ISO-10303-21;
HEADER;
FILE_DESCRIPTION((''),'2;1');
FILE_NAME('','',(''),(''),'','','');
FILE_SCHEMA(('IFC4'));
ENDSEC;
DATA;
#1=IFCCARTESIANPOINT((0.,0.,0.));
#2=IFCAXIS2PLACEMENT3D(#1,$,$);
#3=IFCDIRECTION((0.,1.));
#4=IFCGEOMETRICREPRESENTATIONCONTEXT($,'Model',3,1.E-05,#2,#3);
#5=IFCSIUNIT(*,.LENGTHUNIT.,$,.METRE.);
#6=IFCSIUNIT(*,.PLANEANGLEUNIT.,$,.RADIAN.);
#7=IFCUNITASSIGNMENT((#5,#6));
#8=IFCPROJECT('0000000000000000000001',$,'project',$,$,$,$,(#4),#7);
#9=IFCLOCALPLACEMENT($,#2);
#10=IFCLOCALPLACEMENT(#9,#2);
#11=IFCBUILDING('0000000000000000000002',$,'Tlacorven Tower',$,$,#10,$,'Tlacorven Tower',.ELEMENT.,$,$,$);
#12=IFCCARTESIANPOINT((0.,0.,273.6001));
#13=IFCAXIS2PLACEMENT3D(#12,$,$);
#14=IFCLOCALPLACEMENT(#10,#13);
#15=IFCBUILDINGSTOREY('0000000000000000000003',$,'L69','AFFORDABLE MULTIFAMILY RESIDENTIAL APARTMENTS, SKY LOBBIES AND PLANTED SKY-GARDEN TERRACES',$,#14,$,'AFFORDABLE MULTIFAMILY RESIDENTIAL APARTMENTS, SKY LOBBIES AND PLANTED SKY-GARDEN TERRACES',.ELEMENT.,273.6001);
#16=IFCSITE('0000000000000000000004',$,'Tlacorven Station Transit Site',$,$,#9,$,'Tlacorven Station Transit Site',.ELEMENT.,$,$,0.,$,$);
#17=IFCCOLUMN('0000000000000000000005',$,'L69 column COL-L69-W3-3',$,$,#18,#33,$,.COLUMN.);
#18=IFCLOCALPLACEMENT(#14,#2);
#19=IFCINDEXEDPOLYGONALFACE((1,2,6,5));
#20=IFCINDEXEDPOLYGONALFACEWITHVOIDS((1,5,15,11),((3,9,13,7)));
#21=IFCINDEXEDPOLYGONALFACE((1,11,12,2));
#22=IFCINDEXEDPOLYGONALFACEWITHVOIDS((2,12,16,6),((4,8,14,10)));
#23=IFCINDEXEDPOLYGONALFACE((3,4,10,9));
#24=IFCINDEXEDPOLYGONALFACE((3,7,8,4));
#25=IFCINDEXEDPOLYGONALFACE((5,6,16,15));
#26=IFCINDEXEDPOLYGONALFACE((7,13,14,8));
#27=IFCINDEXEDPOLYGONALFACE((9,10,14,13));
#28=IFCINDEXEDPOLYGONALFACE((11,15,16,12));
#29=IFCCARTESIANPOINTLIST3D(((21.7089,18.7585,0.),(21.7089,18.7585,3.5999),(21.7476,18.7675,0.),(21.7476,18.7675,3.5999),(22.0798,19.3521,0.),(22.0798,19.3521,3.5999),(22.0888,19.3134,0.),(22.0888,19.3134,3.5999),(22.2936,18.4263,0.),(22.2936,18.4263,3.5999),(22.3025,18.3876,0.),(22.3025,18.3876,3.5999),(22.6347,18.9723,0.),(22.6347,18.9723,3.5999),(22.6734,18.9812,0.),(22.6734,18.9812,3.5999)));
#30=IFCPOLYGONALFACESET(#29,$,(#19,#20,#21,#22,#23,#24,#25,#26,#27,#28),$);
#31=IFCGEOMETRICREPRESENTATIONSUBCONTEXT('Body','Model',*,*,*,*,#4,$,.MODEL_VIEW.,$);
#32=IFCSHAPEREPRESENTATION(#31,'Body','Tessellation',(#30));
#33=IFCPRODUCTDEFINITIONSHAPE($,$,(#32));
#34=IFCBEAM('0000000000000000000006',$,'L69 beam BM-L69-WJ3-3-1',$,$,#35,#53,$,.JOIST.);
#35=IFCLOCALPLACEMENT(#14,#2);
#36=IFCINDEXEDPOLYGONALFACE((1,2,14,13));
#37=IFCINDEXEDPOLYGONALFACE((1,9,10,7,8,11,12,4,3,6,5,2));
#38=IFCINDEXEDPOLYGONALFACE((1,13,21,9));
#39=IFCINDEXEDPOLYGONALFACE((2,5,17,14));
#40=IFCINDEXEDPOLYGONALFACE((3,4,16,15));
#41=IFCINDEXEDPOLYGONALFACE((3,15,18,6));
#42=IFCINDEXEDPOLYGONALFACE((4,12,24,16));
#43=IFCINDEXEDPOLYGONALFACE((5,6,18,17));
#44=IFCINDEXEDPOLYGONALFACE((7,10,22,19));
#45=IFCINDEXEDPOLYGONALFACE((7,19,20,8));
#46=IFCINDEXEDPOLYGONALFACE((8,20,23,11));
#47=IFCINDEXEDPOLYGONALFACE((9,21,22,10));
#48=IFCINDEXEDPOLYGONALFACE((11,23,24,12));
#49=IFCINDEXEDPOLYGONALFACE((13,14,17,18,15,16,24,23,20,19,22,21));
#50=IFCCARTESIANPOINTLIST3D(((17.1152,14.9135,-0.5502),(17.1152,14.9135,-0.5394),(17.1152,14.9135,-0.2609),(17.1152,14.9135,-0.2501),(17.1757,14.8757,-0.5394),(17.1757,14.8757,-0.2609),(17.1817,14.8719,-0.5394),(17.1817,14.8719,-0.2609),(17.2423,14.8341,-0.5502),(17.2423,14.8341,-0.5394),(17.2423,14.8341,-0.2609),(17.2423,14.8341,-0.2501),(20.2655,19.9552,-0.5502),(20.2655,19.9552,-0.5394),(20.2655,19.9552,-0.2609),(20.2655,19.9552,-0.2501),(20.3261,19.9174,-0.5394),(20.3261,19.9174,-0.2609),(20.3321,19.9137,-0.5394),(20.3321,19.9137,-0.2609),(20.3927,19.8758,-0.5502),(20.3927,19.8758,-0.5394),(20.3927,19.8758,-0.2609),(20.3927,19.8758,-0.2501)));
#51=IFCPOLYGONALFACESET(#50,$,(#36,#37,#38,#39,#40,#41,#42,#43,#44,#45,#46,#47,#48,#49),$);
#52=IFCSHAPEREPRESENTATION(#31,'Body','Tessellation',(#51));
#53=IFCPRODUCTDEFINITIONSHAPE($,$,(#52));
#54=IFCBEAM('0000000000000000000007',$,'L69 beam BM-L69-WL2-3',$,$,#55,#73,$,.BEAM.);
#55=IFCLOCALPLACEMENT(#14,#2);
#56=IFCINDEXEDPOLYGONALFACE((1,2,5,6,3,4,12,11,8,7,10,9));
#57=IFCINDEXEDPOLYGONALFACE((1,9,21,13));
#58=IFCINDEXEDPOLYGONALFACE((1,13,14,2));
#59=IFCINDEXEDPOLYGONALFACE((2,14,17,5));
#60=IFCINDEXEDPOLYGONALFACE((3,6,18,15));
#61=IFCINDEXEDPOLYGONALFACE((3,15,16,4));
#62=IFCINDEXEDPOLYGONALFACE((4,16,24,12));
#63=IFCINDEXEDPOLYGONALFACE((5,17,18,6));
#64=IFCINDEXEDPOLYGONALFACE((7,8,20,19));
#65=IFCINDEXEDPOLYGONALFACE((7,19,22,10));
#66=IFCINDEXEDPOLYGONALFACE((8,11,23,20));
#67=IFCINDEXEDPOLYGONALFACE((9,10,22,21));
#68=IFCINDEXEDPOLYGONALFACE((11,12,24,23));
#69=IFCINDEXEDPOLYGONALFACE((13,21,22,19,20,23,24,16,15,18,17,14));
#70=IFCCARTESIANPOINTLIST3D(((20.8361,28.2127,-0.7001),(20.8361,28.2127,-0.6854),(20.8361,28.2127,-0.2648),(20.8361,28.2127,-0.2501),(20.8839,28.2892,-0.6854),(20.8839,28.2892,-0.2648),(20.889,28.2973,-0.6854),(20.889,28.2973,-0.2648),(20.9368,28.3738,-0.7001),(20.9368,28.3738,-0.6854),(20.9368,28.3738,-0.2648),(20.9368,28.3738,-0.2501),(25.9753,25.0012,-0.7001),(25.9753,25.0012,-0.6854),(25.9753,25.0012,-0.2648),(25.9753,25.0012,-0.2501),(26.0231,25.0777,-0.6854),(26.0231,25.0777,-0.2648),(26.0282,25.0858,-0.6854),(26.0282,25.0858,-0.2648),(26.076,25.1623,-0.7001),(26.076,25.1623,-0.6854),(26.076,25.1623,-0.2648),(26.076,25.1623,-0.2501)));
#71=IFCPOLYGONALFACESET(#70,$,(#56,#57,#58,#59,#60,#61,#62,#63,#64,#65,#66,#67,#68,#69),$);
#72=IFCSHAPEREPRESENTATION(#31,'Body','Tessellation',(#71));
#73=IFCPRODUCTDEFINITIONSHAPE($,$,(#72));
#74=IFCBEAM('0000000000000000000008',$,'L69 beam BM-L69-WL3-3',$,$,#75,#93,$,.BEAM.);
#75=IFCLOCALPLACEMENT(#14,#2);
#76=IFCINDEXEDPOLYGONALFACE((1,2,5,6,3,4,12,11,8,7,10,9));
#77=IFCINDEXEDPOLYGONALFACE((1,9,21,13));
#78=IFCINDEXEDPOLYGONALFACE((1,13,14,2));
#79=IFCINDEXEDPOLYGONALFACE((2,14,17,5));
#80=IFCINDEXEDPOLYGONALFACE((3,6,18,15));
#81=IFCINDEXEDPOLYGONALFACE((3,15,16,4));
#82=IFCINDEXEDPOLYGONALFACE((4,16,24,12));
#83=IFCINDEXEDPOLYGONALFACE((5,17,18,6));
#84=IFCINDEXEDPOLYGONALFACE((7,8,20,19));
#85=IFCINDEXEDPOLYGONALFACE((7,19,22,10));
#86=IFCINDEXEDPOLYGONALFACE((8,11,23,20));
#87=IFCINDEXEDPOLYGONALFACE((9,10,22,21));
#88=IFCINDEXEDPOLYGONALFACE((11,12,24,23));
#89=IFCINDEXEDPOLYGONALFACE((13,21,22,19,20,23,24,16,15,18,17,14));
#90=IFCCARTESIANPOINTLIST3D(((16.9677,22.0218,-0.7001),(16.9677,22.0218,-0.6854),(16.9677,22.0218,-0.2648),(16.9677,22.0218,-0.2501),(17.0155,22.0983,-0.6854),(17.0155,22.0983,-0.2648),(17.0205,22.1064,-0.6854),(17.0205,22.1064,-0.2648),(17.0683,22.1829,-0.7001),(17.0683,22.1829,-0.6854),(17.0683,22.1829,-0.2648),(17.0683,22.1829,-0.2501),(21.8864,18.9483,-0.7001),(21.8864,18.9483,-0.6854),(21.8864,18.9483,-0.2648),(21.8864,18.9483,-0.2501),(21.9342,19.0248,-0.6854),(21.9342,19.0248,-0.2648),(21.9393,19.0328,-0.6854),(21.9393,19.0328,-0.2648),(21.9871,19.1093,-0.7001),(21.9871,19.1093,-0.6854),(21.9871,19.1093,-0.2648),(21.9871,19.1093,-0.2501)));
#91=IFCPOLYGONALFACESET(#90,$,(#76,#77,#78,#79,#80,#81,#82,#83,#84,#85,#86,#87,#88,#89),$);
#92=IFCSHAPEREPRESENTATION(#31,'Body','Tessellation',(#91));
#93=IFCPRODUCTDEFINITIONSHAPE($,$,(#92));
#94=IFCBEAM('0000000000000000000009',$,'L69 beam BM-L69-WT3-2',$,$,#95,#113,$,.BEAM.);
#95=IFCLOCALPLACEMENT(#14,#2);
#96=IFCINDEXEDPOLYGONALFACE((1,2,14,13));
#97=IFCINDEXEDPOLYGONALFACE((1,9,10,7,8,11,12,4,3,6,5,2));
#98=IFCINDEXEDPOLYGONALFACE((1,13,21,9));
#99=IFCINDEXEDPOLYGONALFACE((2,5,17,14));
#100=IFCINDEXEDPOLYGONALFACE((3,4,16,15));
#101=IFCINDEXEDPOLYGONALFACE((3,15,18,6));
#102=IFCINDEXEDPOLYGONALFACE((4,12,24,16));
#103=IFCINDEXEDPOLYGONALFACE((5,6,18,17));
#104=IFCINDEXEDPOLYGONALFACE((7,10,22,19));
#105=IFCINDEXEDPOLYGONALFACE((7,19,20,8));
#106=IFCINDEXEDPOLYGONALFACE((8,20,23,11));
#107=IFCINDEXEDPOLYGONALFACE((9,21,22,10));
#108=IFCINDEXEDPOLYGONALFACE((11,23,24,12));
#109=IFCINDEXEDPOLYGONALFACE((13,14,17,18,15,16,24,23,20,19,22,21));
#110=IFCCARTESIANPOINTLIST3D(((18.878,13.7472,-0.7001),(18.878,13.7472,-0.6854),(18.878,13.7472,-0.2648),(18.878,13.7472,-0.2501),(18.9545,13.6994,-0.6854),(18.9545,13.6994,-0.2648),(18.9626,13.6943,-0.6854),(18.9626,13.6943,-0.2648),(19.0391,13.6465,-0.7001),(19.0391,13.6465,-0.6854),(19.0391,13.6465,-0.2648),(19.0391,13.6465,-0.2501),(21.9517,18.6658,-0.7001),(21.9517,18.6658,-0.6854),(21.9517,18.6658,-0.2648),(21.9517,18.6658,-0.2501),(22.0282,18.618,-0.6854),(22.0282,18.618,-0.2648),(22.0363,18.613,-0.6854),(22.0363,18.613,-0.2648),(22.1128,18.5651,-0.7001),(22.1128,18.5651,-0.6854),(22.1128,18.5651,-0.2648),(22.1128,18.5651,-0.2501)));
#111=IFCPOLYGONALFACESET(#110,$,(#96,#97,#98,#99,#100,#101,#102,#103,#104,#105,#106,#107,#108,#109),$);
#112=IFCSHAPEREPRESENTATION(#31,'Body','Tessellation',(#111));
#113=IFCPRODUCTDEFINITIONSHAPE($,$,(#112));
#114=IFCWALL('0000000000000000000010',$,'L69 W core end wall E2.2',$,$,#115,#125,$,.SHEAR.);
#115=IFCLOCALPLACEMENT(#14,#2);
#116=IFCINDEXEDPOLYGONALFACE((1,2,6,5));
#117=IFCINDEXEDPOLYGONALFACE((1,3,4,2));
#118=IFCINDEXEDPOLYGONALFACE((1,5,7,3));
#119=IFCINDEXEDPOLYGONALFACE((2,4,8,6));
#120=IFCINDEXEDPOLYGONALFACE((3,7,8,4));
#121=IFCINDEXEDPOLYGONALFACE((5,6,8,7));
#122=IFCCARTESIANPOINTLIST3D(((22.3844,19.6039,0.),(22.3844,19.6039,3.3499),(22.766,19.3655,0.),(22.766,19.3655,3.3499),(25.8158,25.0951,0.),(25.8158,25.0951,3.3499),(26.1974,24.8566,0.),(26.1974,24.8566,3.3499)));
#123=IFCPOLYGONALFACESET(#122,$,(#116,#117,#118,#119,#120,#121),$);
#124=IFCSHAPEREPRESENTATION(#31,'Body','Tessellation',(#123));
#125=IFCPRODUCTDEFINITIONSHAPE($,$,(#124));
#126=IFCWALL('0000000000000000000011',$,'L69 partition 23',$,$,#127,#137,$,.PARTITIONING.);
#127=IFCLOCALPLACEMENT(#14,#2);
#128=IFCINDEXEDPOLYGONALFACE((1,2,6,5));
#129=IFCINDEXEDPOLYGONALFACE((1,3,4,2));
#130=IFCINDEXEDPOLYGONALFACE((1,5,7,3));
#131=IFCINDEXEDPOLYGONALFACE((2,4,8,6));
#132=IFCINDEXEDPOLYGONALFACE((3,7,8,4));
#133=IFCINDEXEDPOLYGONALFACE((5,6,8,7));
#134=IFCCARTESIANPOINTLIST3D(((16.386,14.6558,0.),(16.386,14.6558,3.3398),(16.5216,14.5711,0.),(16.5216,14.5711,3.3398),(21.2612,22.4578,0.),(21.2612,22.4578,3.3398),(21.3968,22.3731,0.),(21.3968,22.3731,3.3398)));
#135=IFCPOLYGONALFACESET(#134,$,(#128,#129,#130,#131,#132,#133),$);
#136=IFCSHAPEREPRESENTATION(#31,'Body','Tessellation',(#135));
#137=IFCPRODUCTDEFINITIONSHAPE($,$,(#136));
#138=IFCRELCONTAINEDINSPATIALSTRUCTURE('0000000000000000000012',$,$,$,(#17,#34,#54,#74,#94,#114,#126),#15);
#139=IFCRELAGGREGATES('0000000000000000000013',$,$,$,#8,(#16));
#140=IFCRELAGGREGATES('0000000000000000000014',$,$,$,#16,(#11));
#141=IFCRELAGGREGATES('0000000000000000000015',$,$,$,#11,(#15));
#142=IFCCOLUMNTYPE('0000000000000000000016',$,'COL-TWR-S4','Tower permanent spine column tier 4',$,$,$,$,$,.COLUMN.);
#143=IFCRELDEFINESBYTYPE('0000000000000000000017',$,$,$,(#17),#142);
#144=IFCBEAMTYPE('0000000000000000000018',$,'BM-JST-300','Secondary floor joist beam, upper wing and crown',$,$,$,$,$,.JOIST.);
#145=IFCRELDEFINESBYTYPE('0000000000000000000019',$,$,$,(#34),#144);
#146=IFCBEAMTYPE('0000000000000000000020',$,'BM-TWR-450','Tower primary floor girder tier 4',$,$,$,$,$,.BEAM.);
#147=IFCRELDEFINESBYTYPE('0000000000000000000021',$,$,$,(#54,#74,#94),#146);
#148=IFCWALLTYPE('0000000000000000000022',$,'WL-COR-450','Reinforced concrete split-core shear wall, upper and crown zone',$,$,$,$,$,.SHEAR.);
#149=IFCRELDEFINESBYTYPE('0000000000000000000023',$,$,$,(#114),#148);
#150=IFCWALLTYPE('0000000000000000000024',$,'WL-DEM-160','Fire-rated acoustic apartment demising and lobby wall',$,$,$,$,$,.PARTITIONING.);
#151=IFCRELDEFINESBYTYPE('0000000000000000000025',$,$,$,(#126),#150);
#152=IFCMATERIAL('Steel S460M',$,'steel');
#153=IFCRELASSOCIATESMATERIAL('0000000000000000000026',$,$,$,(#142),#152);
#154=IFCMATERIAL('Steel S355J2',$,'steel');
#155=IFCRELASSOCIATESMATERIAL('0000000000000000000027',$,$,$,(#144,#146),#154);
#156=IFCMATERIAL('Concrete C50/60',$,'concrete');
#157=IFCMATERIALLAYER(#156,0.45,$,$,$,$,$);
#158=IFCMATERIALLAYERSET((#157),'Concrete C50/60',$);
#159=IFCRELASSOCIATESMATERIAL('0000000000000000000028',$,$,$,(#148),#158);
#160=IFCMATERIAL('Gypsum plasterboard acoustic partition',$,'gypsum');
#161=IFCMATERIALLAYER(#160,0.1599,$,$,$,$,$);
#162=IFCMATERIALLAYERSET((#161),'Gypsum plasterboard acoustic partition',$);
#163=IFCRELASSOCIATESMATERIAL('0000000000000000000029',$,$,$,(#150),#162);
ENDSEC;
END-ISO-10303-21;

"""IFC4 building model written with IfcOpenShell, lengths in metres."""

from ifc_helpers import new_model, si_unit, direction, frame, frame_2d, origin, origin_2d, place, context, subcontext, project, spatial, rectangle, hollow_rectangle, i_section, extrude, source, transform, mapped, material, layer, layer_set, material_profile, profile_set, type_object, element, save


model = new_model("IFC4")

# Units and contexts
model_context = context("Model", 3, precision=1e-05, world=origin(), true_north=direction((0.0, 1.0)))
body_context = subcontext(model_context, "Body", "Model", "MODEL_VIEW")
ifc_project = project(units=[si_unit("LENGTHUNIT", "METRE"), si_unit("PLANEANGLEUNIT", "RADIAN")], contexts=[model_context])

# Site, building, storey
site_placement = place(None, origin())
site = spatial("IfcSite", under=ifc_project, at=site_placement, Name="Tlacorven Station Transit Site", LongName="Tlacorven Station Transit Site", CompositionType="ELEMENT", RefElevation=0.0)
building_placement = place(site_placement, origin())
building = spatial("IfcBuilding", under=site, at=building_placement, Name="Tlacorven Tower", LongName="Tlacorven Tower", CompositionType="ELEMENT")
storey_placement = place(building_placement, frame((0.0, 0.0, 273.6001)))
storey = spatial("IfcBuildingStorey", under=building, at=storey_placement, Name="L69", Description="AFFORDABLE MULTIFAMILY RESIDENTIAL APARTMENTS, SKY LOBBIES AND PLANTED SKY-GARDEN TERRACES", LongName="AFFORDABLE MULTIFAMILY RESIDENTIAL APARTMENTS, SKY LOBBIES AND PLANTED SKY-GARDEN TERRACES", CompositionType="ELEMENT", Elevation=273.6001)

# Column
ifc_material_1 = material(Name="Steel S460M", Category="steel")
ifc_material_profile_1 = material_profile(ifc_material_1, hollow_rectangle(XDim=0.7, YDim=0.7, WallThickness=0.0281, at=origin_2d()), Name="BOX 700X700X28")
ifc_profile_set_1 = profile_set([ifc_material_profile_1], Name="Steel S460M")
column_type = type_object("IfcColumnType", Name="COL-TWR-S4", Description="Tower permanent spine column tier 4", PredefinedType="COLUMN", material=ifc_profile_set_1)
shared_shape_1 = source(origin(), body_context, "Body", "SweptSolid", [
    extrude(hollow_rectangle(XDim=0.7, YDim=0.7, WallThickness=0.0281, at=origin_2d()), origin(), (0.0, 0.0, 1.0), 3.5999),
])
column_placement = place(storey_placement, frame((22.1912, 18.8699, 0.0), z_axis=(0.0, 0.0, 1.0), x_axis=(-0.848048, 0.529919, 0.0)))
element("IfcColumn", 1, at=column_placement, inside=storey, type_object=column_type, Name="L69 column COL-L69-W3-3", PredefinedType="COLUMN", context=body_context, shape_type="MappedRepresentation", body=[
    mapped(shared_shape_1, transform((0.0, 0.0, 0.0), scale=1.0)),
])

# Beams
ifc_material_2 = material(Name="Steel S355J2", Category="steel")
ifc_material_profile_2 = material_profile(ifc_material_2, i_section(OverallWidth=0.1499, OverallDepth=0.3, WebThickness=0.0071, FlangeThickness=0.0107, at=origin_2d()), Name="IPE 300")
ifc_profile_set_2 = profile_set([ifc_material_profile_2], Name="Steel S355J2")
beam_type_1 = type_object("IfcBeamType", Name="BM-JST-300", Description="Secondary floor joist beam, upper wing and crown", PredefinedType="JOIST", material=ifc_profile_set_2)
shared_shape_2 = source(origin(), body_context, "Body", "SweptSolid", [
    extrude(i_section(OverallWidth=0.1499, OverallDepth=0.3, WebThickness=0.0071, FlangeThickness=0.0107, at=origin_2d()), origin(), (0.0, 0.0, 1.0), 5.9451),
])
beam_1_placement = place(storey_placement, frame((20.3291, 19.9155, -0.4001), z_axis=(-0.529914, -0.848051, 0.0), x_axis=(0.848051, -0.529914, 0.0)))
element("IfcBeam", 2, at=beam_1_placement, inside=storey, type_object=beam_type_1, Name="L69 beam BM-L69-WJ3-3-1", PredefinedType="JOIST", context=body_context, shape_type="MappedRepresentation", body=[
    mapped(shared_shape_2, transform((0.0, 0.0, 0.0), scale=1.0)),
])
ifc_material_profile_3 = material_profile(ifc_material_2, i_section(OverallWidth=0.1899, OverallDepth=0.45, WebThickness=0.0095, FlangeThickness=0.0146, at=origin_2d()), Name="IPE 450")
ifc_profile_set_3 = profile_set([ifc_material_profile_3], Name="Steel S355J2")
beam_type_2 = type_object("IfcBeamType", Name="BM-TWR-450", Description="Tower primary floor girder tier 4", PredefinedType="BEAM", material=ifc_profile_set_3)
shared_shape_3 = source(origin(), body_context, "Body", "SweptSolid", [
    extrude(i_section(OverallWidth=0.1899, OverallDepth=0.45, WebThickness=0.0095, FlangeThickness=0.0146, at=origin_2d()), origin(), (0.0, 0.0, 1.0), 6.0601),
])
beam_2_placement = place(storey_placement, frame((26.0256, 25.0818, -0.4751), z_axis=(-0.848039, 0.529934, 0.0), x_axis=(-0.529934, -0.848039, 0.0)))
element("IfcBeam", 3, at=beam_2_placement, inside=storey, type_object=beam_type_2, Name="L69 beam BM-L69-WL2-3", PredefinedType="BEAM", context=body_context, shape_type="MappedRepresentation", body=[
    mapped(shared_shape_3, transform((0.0, 0.0, 0.0), scale=1.0)),
])
shared_shape_4 = source(origin(), body_context, "Body", "SweptSolid", [
    extrude(i_section(OverallWidth=0.1899, OverallDepth=0.45, WebThickness=0.0095, FlangeThickness=0.0146, at=origin_2d()), origin(), (0.0, 0.0, 1.0), 5.8),
])
for number, where, z_axis, x_axis, name in (
    (4, (21.9368, 19.0288, -0.4751), (-0.848053, 0.529912, 0.0), (-0.529912, -0.848053, 0.0), "L69 beam BM-L69-WL3-3"),
    (5, (22.0322, 18.6155, -0.4751), (-0.529942, -0.848034, 0.0), (0.848034, -0.529942, 0.0), "L69 beam BM-L69-WT3-2"),
):
    element("IfcBeam", number, at=place(storey_placement, frame(where, z_axis=z_axis, x_axis=x_axis)), inside=storey, type_object=beam_type_2, Name=name, PredefinedType="BEAM", context=body_context, shape_type="MappedRepresentation", body=[
        mapped(shared_shape_4, transform((0.0, 0.0, 0.0), scale=1.0)),
    ])

# Walls
ifc_material_3 = material(Name="Concrete C50/60", Category="concrete")
ifc_layer_1 = layer(ifc_material_3, 0.45)
ifc_layer_set_1 = layer_set([ifc_layer_1], Name="Concrete C50/60")
wall_type_1 = type_object("IfcWallType", Name="WL-COR-450", Description="Reinforced concrete split-core shear wall, upper and crown zone", PredefinedType="SHEAR", material=ifc_layer_set_1)
wall_1_placement = place(storey_placement, frame((26.0066, 24.9758, 0.0), z_axis=(0.0, 0.0, 1.0), x_axis=(-0.529931, -0.848041, 0.0)))
element("IfcWall", 6, at=wall_1_placement, inside=storey, type_object=wall_type_1, Name="L69 W core end wall E2.2", PredefinedType="SHEAR", context=body_context, shape_type="SweptSolid", body=[
    extrude(rectangle(XDim=6.4751, YDim=0.45, at=frame_2d((3.2375, 0.0))), origin(), (0.0, 0.0, 1.0), 3.3499),
])
ifc_material_4 = material(Name="Gypsum plasterboard acoustic partition", Category="gypsum")
ifc_layer_2 = layer(ifc_material_4, 0.1599)
ifc_layer_set_2 = layer_set([ifc_layer_2], Name="Gypsum plasterboard acoustic partition")
wall_type_2 = type_object("IfcWallType", Name="WL-DEM-160", Description="Fire-rated acoustic apartment demising and lobby wall", PredefinedType="PARTITIONING", material=ifc_layer_set_2)
wall_2_placement = place(storey_placement, frame((21.3291, 22.4155, 0.0), z_axis=(0.0, 0.0, 1.0), x_axis=(-0.52992, -0.848047, 0.0)))
element("IfcWall", 7, at=wall_2_placement, inside=storey, type_object=wall_type_2, Name="L69 partition 23", PredefinedType="PARTITIONING", context=body_context, shape_type="SweptSolid", body=[
    extrude(rectangle(XDim=9.2, YDim=0.1599, at=frame_2d((4.6001, 0.0))), origin(), (0.0, 0.0, 1.0), 3.3398),
])

save(model, "model.ifc")
